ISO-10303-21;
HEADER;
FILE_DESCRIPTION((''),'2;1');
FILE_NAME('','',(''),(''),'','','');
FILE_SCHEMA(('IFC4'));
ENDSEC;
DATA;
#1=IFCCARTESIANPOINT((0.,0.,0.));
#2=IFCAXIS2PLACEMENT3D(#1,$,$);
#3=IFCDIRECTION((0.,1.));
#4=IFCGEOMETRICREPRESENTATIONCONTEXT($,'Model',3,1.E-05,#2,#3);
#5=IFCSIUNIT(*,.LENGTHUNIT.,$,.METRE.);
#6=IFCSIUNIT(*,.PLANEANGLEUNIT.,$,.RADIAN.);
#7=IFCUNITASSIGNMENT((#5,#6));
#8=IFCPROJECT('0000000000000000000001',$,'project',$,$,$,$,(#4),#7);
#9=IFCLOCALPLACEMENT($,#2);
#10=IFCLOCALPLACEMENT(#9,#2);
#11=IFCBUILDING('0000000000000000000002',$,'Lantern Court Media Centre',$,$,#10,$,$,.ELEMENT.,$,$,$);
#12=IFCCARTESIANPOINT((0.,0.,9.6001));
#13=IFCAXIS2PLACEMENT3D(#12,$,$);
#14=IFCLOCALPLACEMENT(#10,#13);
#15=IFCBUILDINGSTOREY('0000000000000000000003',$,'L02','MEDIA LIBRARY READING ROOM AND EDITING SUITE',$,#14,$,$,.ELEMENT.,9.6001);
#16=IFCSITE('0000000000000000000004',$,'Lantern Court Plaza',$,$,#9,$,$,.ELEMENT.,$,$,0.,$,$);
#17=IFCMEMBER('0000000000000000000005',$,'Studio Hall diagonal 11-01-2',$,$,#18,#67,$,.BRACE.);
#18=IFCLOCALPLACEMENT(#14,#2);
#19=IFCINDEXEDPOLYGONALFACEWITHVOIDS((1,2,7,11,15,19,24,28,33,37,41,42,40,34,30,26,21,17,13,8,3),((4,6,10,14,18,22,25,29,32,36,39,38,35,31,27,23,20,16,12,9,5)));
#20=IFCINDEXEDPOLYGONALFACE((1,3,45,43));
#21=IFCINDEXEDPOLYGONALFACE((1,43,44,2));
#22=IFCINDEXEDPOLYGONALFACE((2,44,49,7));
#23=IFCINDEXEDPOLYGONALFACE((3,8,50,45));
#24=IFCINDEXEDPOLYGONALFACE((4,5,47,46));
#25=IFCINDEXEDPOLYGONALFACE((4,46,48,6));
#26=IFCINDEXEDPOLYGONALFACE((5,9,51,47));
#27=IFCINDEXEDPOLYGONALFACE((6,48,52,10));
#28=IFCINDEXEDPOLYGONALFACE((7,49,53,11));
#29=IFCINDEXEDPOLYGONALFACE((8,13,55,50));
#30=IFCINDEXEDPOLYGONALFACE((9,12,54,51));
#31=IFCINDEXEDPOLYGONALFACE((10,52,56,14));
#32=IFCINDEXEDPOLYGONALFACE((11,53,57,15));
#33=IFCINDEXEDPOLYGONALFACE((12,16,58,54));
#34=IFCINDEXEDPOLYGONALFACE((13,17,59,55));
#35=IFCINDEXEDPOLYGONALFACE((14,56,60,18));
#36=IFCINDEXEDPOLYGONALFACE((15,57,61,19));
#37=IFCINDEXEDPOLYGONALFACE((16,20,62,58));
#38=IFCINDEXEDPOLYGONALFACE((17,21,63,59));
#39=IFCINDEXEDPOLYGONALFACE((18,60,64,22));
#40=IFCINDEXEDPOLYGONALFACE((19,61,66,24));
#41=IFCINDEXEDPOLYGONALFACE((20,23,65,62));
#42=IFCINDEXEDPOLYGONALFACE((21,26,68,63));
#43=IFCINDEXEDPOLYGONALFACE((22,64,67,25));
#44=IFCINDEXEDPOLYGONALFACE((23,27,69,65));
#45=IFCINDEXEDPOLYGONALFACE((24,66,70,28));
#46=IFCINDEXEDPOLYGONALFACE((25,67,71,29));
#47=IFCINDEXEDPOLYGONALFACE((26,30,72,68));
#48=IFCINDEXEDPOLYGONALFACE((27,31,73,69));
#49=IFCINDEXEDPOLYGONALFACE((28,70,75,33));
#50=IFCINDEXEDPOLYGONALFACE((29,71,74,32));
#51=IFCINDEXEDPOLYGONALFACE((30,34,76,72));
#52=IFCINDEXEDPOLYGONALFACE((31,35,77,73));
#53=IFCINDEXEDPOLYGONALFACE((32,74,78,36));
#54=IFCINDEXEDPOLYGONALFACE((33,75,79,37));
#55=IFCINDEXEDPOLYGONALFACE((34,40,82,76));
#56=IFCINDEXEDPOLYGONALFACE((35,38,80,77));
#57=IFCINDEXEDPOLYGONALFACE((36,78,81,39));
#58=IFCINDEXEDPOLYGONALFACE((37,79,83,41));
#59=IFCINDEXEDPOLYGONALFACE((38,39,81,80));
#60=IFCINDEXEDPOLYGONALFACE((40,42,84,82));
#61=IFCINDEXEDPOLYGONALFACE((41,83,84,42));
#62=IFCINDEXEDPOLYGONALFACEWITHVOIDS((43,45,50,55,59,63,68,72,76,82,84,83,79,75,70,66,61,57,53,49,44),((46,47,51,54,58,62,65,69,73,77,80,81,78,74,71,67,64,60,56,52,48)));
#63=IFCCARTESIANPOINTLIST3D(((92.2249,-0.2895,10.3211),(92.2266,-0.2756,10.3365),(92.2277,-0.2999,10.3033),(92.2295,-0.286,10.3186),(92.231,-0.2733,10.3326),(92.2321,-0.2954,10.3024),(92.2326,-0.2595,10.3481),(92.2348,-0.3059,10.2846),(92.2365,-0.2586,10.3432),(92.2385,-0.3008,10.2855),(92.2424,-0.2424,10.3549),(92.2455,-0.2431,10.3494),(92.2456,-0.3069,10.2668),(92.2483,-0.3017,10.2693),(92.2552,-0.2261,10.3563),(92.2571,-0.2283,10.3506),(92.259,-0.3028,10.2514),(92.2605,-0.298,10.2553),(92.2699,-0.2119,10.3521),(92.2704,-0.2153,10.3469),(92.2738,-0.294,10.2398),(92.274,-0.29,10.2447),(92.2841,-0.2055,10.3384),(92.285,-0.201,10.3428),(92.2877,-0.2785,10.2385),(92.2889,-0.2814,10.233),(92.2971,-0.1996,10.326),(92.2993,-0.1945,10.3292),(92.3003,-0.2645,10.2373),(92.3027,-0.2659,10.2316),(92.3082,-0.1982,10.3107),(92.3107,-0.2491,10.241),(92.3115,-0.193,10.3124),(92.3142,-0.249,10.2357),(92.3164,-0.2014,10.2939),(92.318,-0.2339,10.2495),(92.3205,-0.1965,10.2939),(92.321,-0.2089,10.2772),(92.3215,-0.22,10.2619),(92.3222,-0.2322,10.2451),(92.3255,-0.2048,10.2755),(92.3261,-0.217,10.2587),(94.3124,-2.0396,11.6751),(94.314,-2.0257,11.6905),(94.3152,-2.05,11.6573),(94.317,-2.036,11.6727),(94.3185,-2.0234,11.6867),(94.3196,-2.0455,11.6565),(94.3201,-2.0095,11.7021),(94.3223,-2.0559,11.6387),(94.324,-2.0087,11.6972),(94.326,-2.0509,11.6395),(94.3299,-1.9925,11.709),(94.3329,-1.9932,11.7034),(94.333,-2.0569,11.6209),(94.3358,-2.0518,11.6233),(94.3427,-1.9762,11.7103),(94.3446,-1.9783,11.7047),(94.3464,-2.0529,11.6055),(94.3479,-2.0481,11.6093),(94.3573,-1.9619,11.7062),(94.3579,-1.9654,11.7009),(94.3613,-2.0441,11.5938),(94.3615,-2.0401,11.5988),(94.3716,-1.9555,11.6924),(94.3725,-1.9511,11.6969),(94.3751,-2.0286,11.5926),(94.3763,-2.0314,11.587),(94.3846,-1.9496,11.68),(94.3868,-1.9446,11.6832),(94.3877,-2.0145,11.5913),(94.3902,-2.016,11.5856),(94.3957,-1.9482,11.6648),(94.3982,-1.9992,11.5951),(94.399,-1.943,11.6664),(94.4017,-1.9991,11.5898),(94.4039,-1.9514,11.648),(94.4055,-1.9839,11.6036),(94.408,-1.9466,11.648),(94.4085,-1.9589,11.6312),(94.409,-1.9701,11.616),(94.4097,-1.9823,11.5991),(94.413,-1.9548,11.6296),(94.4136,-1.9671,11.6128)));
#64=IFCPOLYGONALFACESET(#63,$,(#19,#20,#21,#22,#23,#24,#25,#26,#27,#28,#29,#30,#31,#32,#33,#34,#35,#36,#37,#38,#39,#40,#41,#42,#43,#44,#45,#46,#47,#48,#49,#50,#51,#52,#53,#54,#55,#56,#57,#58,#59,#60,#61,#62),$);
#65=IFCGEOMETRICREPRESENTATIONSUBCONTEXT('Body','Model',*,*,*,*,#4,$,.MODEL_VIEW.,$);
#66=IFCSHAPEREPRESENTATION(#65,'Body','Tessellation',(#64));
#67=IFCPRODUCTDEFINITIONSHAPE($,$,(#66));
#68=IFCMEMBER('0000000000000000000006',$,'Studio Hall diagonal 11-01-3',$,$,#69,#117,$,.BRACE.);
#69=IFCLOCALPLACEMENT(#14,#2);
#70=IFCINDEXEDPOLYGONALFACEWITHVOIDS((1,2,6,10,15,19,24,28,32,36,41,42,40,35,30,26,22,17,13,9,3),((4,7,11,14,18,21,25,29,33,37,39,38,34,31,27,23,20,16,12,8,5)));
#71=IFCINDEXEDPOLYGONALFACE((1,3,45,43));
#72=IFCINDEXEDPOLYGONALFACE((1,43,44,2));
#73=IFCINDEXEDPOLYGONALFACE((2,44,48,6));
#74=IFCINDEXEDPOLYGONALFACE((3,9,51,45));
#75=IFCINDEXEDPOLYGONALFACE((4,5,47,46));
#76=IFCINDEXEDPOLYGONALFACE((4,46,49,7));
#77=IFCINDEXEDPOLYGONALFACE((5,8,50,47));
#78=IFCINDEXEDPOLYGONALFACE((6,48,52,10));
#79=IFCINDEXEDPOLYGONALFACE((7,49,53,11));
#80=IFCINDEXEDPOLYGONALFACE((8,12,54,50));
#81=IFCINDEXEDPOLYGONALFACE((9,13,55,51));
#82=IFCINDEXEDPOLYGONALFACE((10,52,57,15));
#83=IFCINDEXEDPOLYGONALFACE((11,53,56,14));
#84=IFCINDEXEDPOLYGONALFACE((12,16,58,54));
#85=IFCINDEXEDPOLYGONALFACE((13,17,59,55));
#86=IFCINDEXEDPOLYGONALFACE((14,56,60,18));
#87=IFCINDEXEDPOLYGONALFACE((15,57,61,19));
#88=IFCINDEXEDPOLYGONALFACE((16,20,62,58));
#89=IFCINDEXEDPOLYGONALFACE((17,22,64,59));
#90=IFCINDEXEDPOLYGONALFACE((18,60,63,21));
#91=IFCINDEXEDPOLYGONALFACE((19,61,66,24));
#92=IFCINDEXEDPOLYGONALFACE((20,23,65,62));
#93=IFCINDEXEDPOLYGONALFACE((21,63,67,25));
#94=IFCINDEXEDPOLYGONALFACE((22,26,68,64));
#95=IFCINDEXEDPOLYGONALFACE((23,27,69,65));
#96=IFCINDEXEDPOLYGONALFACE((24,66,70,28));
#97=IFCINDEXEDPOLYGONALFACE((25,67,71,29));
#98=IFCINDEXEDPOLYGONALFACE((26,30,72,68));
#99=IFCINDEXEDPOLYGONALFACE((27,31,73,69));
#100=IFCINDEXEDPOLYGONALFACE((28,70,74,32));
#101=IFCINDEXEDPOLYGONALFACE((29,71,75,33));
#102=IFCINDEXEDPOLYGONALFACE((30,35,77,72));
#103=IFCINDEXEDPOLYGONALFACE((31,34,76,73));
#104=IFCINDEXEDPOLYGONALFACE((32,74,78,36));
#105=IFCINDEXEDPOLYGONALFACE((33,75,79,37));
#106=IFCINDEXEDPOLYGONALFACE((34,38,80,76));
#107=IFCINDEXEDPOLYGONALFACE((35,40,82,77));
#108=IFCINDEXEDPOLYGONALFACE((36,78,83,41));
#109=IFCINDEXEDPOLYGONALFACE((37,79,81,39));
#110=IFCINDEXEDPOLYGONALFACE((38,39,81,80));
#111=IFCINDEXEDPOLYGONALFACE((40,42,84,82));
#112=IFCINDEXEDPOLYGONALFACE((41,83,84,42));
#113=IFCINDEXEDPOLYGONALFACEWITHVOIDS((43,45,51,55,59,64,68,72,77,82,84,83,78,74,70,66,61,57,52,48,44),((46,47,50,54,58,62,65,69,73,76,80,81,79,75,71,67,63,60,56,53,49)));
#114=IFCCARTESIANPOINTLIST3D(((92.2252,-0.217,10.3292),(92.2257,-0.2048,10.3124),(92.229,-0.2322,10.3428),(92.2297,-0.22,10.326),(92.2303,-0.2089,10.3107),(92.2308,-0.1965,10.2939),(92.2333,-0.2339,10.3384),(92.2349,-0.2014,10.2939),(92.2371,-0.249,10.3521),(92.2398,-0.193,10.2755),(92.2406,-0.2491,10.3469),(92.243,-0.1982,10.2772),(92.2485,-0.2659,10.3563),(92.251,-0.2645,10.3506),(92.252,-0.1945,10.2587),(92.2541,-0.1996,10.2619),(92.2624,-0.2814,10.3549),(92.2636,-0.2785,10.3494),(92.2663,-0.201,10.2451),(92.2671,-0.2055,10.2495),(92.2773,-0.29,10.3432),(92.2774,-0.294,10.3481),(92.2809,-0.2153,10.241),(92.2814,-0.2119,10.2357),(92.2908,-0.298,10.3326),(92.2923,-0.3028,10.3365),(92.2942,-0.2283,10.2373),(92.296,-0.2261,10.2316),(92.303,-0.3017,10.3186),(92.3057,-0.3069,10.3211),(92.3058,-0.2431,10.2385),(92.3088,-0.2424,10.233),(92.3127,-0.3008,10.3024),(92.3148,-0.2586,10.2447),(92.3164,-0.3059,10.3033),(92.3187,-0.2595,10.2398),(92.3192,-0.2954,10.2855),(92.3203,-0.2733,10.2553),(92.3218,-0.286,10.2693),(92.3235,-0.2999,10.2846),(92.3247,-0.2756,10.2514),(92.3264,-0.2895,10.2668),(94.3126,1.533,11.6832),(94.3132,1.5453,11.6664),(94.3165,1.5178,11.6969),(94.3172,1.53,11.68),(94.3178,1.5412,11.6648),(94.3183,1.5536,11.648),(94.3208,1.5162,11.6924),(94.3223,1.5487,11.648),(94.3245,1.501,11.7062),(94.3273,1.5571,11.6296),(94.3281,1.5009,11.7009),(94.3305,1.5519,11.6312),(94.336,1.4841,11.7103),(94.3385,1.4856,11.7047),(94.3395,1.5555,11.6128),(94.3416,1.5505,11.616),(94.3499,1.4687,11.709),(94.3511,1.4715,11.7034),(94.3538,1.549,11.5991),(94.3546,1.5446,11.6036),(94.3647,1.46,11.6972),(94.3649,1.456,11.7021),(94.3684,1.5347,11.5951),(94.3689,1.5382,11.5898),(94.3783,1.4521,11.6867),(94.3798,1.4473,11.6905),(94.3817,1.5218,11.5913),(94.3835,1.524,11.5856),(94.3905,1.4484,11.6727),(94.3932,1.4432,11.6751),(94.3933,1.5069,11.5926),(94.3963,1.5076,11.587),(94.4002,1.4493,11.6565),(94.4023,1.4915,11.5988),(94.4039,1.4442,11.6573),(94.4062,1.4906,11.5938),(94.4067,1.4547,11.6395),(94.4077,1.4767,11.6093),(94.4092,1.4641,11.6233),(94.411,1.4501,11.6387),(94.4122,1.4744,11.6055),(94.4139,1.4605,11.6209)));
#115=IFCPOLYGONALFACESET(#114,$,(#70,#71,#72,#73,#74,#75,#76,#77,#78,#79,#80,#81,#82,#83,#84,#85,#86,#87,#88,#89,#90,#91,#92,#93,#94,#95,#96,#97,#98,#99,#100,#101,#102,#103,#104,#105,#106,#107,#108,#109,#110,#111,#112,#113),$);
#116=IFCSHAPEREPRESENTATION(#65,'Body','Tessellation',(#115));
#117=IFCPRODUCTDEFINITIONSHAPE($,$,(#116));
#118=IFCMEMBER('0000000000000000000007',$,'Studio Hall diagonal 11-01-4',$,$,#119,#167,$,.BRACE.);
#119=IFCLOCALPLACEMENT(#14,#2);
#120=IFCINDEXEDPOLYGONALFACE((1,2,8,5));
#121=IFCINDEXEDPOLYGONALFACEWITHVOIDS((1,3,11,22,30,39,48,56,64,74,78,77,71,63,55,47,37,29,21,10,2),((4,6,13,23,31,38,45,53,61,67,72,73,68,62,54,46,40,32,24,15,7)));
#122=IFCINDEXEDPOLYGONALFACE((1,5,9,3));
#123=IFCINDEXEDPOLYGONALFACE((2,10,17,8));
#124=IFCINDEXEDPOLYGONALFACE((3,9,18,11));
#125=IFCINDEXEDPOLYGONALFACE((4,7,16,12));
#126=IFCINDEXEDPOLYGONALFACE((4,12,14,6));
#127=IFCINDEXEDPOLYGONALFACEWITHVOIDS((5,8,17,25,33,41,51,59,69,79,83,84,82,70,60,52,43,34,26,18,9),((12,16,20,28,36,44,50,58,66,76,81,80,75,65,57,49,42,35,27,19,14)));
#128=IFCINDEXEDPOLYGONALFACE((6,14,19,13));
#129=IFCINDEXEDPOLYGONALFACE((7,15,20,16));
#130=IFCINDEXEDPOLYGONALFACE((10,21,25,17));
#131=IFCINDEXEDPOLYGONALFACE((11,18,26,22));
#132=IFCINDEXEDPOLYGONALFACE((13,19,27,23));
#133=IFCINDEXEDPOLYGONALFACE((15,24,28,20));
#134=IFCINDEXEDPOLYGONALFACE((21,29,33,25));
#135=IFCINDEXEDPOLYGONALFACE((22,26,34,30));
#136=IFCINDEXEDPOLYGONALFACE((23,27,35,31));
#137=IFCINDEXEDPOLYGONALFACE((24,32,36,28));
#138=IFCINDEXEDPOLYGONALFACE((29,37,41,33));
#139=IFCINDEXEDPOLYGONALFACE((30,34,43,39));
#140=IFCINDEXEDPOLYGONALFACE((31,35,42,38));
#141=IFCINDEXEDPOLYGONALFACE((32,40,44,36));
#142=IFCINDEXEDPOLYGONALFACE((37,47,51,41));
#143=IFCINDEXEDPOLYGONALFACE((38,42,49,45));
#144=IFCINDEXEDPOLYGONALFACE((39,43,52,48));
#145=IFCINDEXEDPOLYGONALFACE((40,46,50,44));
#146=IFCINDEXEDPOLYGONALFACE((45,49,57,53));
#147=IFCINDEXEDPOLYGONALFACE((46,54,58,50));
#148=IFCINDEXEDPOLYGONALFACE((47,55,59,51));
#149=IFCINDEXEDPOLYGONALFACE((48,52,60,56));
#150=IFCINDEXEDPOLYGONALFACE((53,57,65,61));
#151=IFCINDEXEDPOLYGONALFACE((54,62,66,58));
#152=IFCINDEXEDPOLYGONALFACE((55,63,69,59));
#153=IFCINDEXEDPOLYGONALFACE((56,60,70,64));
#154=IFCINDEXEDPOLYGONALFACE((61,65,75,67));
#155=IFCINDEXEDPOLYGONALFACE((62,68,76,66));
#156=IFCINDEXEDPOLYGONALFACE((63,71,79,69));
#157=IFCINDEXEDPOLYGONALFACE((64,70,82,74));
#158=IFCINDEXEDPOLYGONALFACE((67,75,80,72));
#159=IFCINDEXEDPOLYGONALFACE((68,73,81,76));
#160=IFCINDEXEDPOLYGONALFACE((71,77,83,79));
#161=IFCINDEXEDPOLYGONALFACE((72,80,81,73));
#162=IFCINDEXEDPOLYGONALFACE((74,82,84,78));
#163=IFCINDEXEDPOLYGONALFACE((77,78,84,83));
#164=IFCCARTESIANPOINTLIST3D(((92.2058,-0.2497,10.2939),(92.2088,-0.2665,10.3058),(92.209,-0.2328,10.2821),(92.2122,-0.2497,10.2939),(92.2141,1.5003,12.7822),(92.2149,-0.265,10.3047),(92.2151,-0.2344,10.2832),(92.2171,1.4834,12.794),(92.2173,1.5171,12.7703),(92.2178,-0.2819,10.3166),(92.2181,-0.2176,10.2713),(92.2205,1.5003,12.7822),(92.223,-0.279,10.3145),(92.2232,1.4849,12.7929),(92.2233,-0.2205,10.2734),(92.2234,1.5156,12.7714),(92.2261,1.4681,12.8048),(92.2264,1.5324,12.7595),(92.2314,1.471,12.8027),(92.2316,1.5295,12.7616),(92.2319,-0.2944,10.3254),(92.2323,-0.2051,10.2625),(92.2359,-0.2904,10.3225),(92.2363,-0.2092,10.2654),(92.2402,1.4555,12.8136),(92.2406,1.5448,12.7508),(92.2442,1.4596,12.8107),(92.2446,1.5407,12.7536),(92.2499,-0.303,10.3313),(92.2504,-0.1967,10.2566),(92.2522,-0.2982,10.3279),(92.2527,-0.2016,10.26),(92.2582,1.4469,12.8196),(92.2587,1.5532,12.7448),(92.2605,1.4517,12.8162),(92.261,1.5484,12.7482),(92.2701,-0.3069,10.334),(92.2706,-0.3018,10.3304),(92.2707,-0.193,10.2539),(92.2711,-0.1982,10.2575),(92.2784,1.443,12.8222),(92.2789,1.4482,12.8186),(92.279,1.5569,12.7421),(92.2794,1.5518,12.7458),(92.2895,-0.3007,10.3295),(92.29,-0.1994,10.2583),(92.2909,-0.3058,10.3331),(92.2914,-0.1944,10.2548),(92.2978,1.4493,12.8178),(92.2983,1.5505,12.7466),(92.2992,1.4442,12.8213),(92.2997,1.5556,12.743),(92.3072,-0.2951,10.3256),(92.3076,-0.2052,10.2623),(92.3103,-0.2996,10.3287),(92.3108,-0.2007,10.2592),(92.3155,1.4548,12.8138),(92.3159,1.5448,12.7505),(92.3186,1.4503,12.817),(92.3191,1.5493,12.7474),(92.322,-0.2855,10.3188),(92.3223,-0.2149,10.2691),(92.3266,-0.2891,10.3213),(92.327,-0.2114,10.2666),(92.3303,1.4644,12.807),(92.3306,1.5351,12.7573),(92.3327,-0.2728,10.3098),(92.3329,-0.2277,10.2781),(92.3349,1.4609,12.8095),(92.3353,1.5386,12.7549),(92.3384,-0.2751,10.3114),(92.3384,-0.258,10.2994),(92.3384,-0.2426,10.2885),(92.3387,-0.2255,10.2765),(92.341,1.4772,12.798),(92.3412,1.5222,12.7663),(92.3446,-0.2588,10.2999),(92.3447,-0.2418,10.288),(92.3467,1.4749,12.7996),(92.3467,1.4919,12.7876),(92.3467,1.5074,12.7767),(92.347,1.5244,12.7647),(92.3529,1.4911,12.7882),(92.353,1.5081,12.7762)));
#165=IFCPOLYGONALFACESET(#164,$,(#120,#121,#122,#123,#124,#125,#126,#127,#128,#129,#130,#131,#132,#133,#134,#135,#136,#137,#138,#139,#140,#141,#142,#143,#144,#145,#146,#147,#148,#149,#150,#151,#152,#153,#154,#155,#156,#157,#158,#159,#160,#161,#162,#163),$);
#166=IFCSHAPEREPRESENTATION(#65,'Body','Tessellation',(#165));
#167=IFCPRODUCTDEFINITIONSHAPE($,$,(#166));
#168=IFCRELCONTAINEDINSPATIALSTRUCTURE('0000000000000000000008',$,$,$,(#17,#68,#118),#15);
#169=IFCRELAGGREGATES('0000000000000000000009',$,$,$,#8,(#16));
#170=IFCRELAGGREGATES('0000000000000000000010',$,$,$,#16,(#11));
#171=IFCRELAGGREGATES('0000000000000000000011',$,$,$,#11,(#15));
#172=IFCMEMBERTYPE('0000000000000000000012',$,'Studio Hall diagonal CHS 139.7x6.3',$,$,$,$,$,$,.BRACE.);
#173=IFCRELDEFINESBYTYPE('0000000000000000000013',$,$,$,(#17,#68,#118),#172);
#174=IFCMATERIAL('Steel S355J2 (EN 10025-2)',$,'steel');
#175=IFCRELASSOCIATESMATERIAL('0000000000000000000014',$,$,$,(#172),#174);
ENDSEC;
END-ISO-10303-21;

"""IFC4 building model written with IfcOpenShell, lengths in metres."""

from ifc_helpers import new_model, si_unit, direction, frame, origin, origin_2d, place, context, subcontext, project, spatial, hollow_circle, extrude, material, material_profile, profile_set, type_object, element, save


model = new_model("IFC4")

# Units and contexts
model_context = context("Model", 3, precision=1e-05, world=origin(), true_north=direction((0.0, 1.0)))
body_context = subcontext(model_context, "Body", "Model", "MODEL_VIEW")
ifc_project = project(units=[si_unit("LENGTHUNIT", "METRE"), si_unit("PLANEANGLEUNIT", "RADIAN")], contexts=[model_context])

# Site, building, storey
site_placement = place(None, origin())
site = spatial("IfcSite", under=ifc_project, at=site_placement, Name="Lantern Court Plaza", CompositionType="ELEMENT", RefElevation=0.0)
building_placement = place(site_placement, origin())
building = spatial("IfcBuilding", under=site, at=building_placement, Name="Lantern Court Media Centre", CompositionType="ELEMENT")
storey_placement = place(building_placement, frame((0.0, 0.0, 9.6001)))
storey = spatial("IfcBuildingStorey", under=building, at=storey_placement, Name="L02", Description="MEDIA LIBRARY READING ROOM AND EDITING SUITE", CompositionType="ELEMENT", Elevation=9.6001)

# Members
ifc_material = material(Name="Steel S355J2 (EN 10025-2)", Category="steel")
ifc_material_profile_1 = material_profile(ifc_material, hollow_circle(Radius=0.0698, WallThickness=0.0063, at=origin_2d()), Name="Studio Hall diagonal CHS 139.7x6.3")
ifc_profile_set_1 = profile_set([ifc_material_profile_1], Name="Steel S355J2 (EN 10025-2)")
member_type_1 = type_object("IfcMemberType", Name="Studio Hall diagonal CHS 139.7x6.3", PredefinedType="BRACE", material=ifc_profile_set_1)
for number, where, z_axis, x_axis, name in (
    (1, (92.2756, -0.25, 10.2939), (0.68622, -0.575301, 0.44512), (0.642456, 0.766322, 0.0), "Studio Hall diagonal 11-01-2"),
    (2, (92.2756, -0.25, 10.2939), (0.68622, 0.575301, 0.44512), (-0.642456, 0.766322, 0.0), "Studio Hall diagonal 11-01-3"),
    (3, (92.2756, -0.25, 10.2939), (0.002729, 0.575269, 0.81796), (-0.999989, 0.004743, 0.0), "Studio Hall diagonal 11-01-4"),
):
    element("IfcMember", number, at=place(storey_placement, frame(where, z_axis=z_axis, x_axis=x_axis)), inside=storey, type_object=member_type_1, Name=name, PredefinedType="BRACE", context=body_context, shape_type="SweptSolid", body=[
        extrude(hollow_circle(Radius=0.0698, WallThickness=0.0063, at=origin_2d()), origin(), (0.0, 0.0, 1.0), 3.042),
    ])

save(model, "model.ifc")
